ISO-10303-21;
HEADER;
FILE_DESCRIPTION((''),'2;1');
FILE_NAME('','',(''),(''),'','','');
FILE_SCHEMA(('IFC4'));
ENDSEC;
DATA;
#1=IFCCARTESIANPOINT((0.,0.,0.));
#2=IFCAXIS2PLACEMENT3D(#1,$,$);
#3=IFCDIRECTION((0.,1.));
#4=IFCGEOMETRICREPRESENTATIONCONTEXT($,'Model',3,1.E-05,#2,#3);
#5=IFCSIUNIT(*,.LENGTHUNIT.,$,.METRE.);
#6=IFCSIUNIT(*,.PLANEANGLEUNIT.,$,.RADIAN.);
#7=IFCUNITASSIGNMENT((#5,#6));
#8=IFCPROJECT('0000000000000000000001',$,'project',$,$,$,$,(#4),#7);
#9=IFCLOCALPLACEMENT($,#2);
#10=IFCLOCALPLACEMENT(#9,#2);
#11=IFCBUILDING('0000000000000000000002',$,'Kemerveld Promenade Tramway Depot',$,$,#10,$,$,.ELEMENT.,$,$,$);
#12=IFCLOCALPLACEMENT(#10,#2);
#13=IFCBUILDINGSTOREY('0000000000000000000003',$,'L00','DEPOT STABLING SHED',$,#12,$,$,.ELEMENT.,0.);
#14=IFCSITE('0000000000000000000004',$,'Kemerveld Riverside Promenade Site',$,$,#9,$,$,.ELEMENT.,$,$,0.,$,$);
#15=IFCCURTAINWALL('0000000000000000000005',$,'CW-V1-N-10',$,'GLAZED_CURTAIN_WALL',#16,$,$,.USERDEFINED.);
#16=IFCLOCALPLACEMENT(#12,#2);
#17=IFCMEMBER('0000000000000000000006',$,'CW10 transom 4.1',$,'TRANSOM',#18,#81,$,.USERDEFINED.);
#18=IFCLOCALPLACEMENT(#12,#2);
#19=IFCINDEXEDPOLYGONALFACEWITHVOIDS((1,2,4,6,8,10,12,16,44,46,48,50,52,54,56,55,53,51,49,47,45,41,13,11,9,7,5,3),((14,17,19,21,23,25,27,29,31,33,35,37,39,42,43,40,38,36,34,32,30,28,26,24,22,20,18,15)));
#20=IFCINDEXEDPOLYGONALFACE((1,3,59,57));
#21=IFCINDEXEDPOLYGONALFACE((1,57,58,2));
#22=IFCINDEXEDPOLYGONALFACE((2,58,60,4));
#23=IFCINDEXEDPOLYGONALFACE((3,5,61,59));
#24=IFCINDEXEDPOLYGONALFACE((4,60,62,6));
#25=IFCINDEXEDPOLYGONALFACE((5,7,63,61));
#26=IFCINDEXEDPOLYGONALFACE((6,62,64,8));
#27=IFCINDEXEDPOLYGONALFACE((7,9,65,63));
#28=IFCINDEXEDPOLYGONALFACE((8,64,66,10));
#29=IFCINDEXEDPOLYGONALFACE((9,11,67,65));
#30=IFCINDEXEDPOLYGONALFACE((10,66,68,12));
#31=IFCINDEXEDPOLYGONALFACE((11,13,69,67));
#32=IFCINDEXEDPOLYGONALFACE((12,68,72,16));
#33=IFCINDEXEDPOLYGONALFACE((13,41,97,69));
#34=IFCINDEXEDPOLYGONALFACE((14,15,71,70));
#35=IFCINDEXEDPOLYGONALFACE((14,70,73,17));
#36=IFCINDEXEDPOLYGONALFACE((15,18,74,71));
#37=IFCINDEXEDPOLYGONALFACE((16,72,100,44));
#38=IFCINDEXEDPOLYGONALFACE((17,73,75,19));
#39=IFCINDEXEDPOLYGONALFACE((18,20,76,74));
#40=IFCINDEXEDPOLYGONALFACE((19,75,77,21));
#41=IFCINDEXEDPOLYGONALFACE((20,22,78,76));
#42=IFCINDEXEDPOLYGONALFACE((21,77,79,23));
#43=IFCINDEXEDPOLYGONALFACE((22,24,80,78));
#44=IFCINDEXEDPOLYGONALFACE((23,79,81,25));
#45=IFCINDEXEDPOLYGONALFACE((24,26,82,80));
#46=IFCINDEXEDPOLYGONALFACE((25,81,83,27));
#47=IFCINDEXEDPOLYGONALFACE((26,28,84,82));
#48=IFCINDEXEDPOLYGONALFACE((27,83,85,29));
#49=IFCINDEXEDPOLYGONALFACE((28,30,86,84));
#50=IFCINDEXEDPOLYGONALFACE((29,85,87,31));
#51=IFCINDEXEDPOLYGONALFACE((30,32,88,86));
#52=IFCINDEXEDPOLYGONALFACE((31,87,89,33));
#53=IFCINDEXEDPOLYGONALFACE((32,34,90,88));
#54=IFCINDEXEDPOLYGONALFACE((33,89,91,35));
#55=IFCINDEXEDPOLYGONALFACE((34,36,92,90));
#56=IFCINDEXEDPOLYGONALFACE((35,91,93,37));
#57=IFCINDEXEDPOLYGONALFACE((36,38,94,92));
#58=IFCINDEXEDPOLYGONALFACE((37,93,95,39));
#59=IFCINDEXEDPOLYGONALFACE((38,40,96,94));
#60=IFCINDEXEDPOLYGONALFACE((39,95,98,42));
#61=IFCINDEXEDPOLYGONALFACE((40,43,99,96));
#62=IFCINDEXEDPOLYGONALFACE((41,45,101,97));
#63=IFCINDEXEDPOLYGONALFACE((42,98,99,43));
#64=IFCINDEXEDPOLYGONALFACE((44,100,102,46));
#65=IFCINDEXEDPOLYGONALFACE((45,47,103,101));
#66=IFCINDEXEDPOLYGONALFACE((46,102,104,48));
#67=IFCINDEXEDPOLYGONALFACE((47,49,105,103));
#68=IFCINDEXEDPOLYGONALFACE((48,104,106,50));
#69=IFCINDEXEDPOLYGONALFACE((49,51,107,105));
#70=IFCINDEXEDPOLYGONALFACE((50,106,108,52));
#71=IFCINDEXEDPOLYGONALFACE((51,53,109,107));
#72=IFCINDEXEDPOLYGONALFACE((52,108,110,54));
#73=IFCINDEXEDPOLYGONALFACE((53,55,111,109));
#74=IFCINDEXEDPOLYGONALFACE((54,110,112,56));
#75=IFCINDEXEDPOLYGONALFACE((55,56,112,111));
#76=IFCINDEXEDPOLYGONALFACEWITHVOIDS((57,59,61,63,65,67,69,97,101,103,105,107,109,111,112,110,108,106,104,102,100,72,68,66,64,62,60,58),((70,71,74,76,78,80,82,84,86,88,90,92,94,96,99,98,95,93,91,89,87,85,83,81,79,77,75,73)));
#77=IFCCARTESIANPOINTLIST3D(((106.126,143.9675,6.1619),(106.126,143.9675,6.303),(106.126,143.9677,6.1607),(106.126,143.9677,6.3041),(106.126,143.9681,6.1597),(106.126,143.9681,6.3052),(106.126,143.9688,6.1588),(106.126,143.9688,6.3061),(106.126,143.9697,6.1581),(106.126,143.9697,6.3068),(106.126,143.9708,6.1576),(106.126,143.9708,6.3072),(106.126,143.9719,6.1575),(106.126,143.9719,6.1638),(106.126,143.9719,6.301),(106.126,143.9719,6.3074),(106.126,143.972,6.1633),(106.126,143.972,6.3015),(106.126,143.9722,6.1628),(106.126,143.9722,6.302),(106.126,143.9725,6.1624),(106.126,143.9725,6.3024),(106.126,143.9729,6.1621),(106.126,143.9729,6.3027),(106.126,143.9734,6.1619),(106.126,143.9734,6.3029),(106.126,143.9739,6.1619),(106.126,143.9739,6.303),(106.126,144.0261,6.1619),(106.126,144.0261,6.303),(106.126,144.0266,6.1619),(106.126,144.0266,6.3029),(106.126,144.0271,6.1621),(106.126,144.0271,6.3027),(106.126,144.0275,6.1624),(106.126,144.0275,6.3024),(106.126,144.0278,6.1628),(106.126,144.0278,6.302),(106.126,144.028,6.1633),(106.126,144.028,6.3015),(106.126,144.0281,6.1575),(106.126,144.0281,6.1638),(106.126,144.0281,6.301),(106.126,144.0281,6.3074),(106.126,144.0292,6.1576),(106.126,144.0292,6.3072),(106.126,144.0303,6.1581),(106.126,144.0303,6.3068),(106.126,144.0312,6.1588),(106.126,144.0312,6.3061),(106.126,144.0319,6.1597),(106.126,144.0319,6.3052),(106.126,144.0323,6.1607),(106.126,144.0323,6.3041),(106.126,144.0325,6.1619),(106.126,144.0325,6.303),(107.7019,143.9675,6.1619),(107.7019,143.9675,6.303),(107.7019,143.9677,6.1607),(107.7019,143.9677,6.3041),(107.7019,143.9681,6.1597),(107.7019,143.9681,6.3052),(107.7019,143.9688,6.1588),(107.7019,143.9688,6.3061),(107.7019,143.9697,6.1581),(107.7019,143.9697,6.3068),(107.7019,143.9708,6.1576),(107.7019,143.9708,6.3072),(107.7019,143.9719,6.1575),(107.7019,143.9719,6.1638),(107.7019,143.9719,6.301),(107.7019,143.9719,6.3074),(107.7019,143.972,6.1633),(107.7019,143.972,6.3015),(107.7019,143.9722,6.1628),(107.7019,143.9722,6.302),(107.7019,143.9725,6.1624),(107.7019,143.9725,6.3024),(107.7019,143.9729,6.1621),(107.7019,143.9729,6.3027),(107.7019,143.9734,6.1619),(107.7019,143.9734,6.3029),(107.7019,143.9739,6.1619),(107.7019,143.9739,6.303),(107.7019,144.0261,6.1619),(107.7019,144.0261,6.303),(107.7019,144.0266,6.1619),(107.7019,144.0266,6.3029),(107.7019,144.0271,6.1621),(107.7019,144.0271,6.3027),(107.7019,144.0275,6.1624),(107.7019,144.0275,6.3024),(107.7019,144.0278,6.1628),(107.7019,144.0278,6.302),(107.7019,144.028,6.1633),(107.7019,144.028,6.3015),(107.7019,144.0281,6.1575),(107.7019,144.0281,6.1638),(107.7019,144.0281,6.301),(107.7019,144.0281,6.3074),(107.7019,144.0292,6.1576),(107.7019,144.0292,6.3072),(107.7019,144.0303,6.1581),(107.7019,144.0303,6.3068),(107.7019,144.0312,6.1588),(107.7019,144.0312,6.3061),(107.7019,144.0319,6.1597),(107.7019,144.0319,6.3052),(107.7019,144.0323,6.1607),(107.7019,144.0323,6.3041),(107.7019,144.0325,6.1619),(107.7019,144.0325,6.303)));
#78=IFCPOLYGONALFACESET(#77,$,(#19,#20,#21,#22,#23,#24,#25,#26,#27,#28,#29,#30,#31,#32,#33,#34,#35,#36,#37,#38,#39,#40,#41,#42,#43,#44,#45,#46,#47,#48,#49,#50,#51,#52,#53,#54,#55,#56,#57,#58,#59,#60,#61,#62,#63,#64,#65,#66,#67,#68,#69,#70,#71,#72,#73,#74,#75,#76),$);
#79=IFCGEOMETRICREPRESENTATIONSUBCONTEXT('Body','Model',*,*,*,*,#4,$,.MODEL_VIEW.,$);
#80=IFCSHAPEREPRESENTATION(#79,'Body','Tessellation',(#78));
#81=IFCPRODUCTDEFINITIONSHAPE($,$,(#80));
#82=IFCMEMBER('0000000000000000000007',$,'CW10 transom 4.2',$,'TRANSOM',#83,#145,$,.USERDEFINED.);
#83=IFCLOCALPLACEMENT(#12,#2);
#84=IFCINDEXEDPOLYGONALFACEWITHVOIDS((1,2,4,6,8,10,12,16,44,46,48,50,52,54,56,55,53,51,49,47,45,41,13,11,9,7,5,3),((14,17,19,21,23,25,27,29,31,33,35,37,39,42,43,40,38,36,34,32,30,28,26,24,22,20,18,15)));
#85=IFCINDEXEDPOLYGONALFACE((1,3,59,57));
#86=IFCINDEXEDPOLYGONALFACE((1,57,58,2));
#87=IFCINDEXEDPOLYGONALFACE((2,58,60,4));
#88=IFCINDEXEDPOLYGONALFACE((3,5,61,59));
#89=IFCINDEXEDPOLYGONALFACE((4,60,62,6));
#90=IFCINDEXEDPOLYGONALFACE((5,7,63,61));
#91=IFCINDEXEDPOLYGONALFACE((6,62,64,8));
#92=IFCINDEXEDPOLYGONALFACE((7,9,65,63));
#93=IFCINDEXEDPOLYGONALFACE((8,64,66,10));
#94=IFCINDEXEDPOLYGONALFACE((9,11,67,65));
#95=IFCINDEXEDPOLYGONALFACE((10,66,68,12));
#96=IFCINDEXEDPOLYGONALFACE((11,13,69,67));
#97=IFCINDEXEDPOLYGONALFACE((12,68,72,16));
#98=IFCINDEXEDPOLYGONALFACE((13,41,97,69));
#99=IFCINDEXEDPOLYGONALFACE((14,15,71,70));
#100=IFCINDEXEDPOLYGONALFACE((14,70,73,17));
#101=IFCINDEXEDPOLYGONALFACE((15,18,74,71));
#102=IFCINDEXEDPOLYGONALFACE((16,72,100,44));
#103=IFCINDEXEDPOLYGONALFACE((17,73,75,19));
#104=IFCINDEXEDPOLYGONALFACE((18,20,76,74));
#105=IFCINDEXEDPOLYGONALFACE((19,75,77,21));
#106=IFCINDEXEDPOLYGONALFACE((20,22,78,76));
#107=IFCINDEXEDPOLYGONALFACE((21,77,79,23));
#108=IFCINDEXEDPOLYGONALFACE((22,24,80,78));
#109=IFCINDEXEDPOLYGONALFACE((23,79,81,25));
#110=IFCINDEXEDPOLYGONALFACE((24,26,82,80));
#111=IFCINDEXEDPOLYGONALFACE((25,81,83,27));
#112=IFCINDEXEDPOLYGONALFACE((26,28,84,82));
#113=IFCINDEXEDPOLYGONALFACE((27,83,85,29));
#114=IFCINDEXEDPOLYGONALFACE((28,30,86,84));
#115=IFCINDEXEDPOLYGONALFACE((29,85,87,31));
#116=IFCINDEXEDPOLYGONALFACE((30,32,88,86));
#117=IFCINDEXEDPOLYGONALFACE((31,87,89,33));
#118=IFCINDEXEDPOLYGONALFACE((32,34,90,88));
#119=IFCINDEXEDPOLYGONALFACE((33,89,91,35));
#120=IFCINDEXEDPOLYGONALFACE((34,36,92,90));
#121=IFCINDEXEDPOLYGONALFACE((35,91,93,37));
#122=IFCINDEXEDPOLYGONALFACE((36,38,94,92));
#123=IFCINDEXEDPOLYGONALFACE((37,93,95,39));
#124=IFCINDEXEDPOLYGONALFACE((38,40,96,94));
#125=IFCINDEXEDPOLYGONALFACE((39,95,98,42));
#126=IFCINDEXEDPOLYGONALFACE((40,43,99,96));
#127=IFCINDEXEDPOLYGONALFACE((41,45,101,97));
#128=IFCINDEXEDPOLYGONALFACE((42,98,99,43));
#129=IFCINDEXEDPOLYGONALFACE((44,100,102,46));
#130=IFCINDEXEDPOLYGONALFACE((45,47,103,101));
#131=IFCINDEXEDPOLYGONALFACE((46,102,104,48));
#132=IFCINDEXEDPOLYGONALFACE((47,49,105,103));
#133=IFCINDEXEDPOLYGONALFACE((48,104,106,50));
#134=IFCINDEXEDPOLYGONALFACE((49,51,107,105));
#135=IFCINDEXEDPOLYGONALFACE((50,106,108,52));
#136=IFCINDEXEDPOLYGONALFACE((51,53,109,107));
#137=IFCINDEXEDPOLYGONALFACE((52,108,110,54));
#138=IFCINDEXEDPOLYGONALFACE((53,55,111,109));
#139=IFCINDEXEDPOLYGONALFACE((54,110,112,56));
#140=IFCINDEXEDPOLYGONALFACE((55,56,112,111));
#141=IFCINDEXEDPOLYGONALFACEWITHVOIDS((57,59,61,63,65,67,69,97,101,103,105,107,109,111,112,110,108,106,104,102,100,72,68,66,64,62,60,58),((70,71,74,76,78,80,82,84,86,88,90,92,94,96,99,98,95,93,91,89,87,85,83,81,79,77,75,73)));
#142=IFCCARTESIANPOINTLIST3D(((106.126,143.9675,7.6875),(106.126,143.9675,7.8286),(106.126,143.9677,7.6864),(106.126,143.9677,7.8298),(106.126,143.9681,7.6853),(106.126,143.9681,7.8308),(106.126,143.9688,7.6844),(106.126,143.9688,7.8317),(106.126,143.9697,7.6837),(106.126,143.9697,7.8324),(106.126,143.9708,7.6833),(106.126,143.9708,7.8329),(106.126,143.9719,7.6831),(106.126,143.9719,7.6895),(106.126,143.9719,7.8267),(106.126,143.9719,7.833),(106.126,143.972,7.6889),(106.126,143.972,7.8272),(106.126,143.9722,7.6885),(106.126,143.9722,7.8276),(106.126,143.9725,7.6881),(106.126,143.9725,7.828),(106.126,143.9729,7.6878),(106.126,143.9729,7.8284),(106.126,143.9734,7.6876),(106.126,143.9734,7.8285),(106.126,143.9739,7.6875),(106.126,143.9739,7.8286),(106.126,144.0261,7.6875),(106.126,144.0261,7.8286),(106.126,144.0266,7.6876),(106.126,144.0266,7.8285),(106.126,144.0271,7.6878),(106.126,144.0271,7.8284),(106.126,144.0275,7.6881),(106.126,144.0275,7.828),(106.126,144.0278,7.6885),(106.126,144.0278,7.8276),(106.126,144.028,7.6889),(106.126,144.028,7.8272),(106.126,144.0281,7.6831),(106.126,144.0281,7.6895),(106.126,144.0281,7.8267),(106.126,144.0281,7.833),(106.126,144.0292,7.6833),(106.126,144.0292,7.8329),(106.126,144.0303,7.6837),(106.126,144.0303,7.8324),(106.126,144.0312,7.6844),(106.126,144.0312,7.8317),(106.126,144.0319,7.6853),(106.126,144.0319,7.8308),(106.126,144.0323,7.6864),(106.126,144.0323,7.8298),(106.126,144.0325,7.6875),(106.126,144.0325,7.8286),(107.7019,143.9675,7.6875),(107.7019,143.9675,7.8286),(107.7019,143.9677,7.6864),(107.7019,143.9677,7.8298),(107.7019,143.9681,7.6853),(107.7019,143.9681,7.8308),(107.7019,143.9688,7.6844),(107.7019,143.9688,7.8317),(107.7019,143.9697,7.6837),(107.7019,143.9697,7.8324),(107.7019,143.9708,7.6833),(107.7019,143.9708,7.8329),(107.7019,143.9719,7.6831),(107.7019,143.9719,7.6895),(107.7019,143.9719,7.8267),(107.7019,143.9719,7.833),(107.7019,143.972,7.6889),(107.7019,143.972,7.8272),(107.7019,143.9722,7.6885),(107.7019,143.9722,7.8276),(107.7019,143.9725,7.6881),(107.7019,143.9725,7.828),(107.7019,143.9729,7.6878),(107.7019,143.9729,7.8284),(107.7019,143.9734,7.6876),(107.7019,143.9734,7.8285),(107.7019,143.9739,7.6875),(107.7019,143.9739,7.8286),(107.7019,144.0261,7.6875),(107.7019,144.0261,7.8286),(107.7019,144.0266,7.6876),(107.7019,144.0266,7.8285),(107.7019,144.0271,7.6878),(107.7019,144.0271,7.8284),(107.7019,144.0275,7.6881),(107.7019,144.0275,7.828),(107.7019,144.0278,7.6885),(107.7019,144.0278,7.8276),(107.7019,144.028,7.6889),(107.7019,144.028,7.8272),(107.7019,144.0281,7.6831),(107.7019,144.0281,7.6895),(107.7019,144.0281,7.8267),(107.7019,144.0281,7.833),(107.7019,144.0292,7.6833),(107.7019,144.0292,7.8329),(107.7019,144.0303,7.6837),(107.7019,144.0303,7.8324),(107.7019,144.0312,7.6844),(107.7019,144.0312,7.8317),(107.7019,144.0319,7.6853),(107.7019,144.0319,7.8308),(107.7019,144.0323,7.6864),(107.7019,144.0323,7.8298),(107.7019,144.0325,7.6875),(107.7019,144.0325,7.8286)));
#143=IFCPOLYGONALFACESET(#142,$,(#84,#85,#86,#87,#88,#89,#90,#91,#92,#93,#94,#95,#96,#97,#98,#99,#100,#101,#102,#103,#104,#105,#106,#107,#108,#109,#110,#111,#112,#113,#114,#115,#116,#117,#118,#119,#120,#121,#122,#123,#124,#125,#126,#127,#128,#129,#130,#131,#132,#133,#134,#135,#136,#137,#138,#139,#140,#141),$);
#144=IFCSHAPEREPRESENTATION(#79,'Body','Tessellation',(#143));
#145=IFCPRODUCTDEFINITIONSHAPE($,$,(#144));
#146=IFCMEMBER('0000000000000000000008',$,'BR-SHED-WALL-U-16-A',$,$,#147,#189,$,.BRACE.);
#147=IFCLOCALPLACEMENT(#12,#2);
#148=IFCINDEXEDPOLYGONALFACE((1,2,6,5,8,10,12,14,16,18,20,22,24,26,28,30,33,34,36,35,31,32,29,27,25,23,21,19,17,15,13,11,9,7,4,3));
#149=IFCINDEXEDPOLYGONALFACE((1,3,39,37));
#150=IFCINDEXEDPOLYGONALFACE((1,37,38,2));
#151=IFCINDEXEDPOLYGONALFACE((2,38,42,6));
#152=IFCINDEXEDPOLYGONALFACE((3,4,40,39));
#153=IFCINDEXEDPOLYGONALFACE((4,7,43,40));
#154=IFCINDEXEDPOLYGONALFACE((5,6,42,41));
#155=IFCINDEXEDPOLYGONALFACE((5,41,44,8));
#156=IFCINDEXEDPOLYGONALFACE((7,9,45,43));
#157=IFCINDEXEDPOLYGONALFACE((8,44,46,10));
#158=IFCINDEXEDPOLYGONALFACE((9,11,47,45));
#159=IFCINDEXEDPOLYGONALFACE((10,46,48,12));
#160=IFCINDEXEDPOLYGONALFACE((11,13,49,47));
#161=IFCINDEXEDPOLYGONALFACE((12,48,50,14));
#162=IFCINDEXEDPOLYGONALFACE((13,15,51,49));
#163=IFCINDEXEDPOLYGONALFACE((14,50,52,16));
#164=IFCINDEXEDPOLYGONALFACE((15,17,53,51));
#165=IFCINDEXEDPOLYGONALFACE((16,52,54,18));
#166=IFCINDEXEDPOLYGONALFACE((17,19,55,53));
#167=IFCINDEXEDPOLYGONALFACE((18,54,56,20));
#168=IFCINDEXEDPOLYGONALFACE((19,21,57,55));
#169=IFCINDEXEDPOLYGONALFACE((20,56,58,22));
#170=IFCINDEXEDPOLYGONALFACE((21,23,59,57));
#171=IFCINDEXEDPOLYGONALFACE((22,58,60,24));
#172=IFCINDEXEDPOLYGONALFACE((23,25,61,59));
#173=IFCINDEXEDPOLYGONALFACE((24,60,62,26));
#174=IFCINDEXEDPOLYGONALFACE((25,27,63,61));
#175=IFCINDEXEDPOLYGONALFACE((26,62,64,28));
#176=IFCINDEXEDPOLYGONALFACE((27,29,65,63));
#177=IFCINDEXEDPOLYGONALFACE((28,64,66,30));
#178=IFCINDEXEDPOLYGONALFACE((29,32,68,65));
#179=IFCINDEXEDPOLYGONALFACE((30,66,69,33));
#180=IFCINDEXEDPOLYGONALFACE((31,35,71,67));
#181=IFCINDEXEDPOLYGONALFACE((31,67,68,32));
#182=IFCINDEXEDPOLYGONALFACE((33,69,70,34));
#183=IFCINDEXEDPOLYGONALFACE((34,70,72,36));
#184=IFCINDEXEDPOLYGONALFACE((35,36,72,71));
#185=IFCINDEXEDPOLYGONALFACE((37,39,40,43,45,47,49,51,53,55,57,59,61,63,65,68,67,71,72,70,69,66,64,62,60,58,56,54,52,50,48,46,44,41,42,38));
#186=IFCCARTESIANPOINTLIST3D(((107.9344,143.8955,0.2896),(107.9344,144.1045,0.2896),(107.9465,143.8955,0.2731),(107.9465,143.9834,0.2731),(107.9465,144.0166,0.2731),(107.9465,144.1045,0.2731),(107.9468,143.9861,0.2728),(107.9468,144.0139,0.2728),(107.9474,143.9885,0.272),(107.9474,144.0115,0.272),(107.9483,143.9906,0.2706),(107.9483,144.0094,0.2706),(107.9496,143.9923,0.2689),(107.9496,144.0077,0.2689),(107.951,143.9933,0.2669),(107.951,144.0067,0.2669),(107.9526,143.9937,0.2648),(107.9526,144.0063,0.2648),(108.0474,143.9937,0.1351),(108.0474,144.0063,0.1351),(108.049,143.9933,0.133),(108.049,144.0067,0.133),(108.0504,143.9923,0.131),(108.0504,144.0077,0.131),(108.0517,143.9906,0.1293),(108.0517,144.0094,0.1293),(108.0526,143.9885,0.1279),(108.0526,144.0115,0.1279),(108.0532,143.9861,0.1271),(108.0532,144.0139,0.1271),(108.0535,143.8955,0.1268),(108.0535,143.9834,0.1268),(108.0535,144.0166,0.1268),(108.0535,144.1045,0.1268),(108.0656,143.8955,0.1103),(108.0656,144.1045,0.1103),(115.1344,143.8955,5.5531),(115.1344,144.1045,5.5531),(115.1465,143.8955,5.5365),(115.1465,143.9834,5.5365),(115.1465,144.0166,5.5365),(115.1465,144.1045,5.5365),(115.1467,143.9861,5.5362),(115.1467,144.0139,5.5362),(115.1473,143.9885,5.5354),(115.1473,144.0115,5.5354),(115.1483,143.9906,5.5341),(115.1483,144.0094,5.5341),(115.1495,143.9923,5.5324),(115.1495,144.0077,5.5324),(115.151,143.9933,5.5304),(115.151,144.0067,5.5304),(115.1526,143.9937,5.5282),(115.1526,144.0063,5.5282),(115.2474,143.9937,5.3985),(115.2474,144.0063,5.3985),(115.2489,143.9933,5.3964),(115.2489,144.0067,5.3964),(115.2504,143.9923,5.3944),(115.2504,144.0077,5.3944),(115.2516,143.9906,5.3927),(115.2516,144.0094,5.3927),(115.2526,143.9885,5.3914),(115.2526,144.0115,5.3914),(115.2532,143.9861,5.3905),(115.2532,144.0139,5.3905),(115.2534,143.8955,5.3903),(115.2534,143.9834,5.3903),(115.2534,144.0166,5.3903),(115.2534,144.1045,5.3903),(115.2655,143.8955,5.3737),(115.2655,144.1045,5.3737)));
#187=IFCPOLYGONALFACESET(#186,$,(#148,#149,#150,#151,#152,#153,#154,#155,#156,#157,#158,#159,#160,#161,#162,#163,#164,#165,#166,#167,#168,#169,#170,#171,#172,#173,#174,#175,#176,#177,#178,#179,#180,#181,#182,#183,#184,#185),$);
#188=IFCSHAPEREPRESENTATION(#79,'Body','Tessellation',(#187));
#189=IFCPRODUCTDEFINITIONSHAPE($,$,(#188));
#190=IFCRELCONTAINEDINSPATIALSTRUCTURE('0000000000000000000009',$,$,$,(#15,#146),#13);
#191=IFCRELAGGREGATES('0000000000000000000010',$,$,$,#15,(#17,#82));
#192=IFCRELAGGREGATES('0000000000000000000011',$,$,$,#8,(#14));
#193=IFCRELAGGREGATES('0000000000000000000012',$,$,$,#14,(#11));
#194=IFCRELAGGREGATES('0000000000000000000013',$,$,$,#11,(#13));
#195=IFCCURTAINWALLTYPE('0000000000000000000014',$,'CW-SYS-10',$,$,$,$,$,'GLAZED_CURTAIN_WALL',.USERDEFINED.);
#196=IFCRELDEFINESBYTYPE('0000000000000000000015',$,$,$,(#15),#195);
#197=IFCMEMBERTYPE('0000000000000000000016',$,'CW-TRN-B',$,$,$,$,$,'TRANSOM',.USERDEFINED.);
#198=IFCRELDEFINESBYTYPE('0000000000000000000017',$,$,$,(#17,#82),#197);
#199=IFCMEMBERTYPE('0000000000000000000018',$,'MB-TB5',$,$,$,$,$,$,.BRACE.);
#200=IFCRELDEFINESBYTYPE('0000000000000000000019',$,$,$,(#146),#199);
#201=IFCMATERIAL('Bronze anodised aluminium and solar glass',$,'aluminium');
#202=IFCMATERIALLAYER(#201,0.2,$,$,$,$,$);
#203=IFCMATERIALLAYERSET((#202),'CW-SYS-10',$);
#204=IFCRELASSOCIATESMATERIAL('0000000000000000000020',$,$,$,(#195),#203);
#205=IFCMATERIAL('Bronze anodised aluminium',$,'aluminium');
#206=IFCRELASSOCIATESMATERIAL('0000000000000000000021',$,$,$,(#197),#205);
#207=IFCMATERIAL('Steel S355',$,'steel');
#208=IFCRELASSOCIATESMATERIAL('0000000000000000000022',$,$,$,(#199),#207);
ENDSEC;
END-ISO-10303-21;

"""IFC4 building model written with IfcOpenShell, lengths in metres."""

from ifc_helpers import new_model, si_unit, direction, frame, origin, origin_2d, place, context, subcontext, project, spatial, hollow_rectangle, i_section, extrude, material, layer, layer_set, material_profile, profile_set, type_object, element, aggregate, save


model = new_model("IFC4")

# Units and contexts
model_context = context("Model", 3, precision=1e-05, world=origin(), true_north=direction((0.0, 1.0)))
body_context = subcontext(model_context, "Body", "Model", "MODEL_VIEW")
ifc_project = project(units=[si_unit("LENGTHUNIT", "METRE"), si_unit("PLANEANGLEUNIT", "RADIAN")], contexts=[model_context])

# Site, building, storey
site_placement = place(None, origin())
site = spatial("IfcSite", under=ifc_project, at=site_placement, Name="Kemerveld Riverside Promenade Site", CompositionType="ELEMENT", RefElevation=0.0)
building_placement = place(site_placement, origin())
building = spatial("IfcBuilding", under=site, at=building_placement, Name="Kemerveld Promenade Tramway Depot", CompositionType="ELEMENT")
storey_placement = place(building_placement, origin())
storey = spatial("IfcBuildingStorey", under=building, at=storey_placement, Name="L00", Description="DEPOT STABLING SHED", CompositionType="ELEMENT", Elevation=0.0)

# Shared definitions
ifc_material_1 = material(Name="Steel S355", Category="steel")

# Curtain wall
ifc_material_2 = material(Name="Bronze anodised aluminium and solar glass", Category="aluminium")
ifc_material_3 = material(Name="Bronze anodised aluminium", Category="aluminium")
ifc_layer_1 = layer(ifc_material_2, 0.2)
ifc_layer_set_1 = layer_set([ifc_layer_1], Name="CW-SYS-10")
curtain_wall_type_1 = type_object("IfcCurtainWallType", Name="CW-SYS-10", ElementType="GLAZED_CURTAIN_WALL", PredefinedType="USERDEFINED", material=ifc_layer_set_1)
curtain_wall_1_placement = place(storey_placement, origin())
curtain_wall_1 = element("IfcCurtainWall", 1, at=curtain_wall_1_placement, inside=storey, type_object=curtain_wall_type_1, Name="CW-V1-N-10", ObjectType="GLAZED_CURTAIN_WALL", PredefinedType="USERDEFINED")

# Members
ifc_material_profile_1 = material_profile(ifc_material_3, hollow_rectangle(XDim=0.0649, YDim=0.1499, WallThickness=0.0044, InnerFilletRadius=0.002, OuterFilletRadius=0.0044, at=origin_2d()), Name="CW-TRN-150x65")
ifc_profile_set_1 = profile_set([ifc_material_profile_1], Name="Bronze anodised aluminium")
member_type_1 = type_object("IfcMemberType", Name="CW-TRN-B", ElementType="TRANSOM", PredefinedType="USERDEFINED", material=ifc_profile_set_1)
member_1_placement = place(storey_placement, frame((106.126, 144.0, 6.2324), z_axis=(1.0, 0.0, 0.0), x_axis=(0.0, 1.0, 0.0)))
member_1 = element("IfcMember", 2, at=member_1_placement, type_object=member_type_1, Name="CW10 transom 4.1", ObjectType="TRANSOM", PredefinedType="USERDEFINED", context=body_context, shape_type="SweptSolid", body=[
    extrude(hollow_rectangle(XDim=0.0649, YDim=0.1499, WallThickness=0.0044, InnerFilletRadius=0.002, OuterFilletRadius=0.0044, at=origin_2d()), origin(), (0.0, 0.0, 1.0), 1.5759),
])
member_2_placement = place(storey_placement, frame((106.126, 144.0, 7.7581), z_axis=(1.0, 0.0, 0.0), x_axis=(0.0, 1.0, 0.0)))
member_2 = element("IfcMember", 3, at=member_2_placement, type_object=member_type_1, Name="CW10 transom 4.2", ObjectType="TRANSOM", PredefinedType="USERDEFINED", context=body_context, shape_type="SweptSolid", body=[
    extrude(hollow_rectangle(XDim=0.0649, YDim=0.1499, WallThickness=0.0044, InnerFilletRadius=0.002, OuterFilletRadius=0.0044, at=origin_2d()), origin(), (0.0, 0.0, 1.0), 1.5759),
])
ifc_material_profile_2 = material_profile(ifc_material_1, i_section(OverallWidth=0.209, OverallDepth=0.2222, WebThickness=0.0127, FlangeThickness=0.0205, FilletRadius=0.0103, at=origin_2d()), Name="203x203x86 UC")
ifc_profile_set_2 = profile_set([ifc_material_profile_2], Name="Steel S355")
member_type_2 = type_object("IfcMemberType", Name="MB-TB5", PredefinedType="BRACE", material=ifc_profile_set_2)
member_3_placement = place(storey_placement, frame((108.0, 144.0, 0.2), z_axis=(0.807288, 0.0, 0.590157), x_axis=(0.0, 1.0, 0.0)))
element("IfcMember", 4, at=member_3_placement, inside=storey, type_object=member_type_2, Name="BR-SHED-WALL-U-16-A", PredefinedType="BRACE", context=body_context, shape_type="SweptSolid", body=[
    extrude(i_section(OverallWidth=0.209, OverallDepth=0.2222, WebThickness=0.0127, FlangeThickness=0.0205, FilletRadius=0.0103, at=origin_2d()), origin(), (0.0, 0.0, 1.0), 8.9187),
])

aggregate(curtain_wall_1, [member_1, member_2])

save(model, "model.ifc")
